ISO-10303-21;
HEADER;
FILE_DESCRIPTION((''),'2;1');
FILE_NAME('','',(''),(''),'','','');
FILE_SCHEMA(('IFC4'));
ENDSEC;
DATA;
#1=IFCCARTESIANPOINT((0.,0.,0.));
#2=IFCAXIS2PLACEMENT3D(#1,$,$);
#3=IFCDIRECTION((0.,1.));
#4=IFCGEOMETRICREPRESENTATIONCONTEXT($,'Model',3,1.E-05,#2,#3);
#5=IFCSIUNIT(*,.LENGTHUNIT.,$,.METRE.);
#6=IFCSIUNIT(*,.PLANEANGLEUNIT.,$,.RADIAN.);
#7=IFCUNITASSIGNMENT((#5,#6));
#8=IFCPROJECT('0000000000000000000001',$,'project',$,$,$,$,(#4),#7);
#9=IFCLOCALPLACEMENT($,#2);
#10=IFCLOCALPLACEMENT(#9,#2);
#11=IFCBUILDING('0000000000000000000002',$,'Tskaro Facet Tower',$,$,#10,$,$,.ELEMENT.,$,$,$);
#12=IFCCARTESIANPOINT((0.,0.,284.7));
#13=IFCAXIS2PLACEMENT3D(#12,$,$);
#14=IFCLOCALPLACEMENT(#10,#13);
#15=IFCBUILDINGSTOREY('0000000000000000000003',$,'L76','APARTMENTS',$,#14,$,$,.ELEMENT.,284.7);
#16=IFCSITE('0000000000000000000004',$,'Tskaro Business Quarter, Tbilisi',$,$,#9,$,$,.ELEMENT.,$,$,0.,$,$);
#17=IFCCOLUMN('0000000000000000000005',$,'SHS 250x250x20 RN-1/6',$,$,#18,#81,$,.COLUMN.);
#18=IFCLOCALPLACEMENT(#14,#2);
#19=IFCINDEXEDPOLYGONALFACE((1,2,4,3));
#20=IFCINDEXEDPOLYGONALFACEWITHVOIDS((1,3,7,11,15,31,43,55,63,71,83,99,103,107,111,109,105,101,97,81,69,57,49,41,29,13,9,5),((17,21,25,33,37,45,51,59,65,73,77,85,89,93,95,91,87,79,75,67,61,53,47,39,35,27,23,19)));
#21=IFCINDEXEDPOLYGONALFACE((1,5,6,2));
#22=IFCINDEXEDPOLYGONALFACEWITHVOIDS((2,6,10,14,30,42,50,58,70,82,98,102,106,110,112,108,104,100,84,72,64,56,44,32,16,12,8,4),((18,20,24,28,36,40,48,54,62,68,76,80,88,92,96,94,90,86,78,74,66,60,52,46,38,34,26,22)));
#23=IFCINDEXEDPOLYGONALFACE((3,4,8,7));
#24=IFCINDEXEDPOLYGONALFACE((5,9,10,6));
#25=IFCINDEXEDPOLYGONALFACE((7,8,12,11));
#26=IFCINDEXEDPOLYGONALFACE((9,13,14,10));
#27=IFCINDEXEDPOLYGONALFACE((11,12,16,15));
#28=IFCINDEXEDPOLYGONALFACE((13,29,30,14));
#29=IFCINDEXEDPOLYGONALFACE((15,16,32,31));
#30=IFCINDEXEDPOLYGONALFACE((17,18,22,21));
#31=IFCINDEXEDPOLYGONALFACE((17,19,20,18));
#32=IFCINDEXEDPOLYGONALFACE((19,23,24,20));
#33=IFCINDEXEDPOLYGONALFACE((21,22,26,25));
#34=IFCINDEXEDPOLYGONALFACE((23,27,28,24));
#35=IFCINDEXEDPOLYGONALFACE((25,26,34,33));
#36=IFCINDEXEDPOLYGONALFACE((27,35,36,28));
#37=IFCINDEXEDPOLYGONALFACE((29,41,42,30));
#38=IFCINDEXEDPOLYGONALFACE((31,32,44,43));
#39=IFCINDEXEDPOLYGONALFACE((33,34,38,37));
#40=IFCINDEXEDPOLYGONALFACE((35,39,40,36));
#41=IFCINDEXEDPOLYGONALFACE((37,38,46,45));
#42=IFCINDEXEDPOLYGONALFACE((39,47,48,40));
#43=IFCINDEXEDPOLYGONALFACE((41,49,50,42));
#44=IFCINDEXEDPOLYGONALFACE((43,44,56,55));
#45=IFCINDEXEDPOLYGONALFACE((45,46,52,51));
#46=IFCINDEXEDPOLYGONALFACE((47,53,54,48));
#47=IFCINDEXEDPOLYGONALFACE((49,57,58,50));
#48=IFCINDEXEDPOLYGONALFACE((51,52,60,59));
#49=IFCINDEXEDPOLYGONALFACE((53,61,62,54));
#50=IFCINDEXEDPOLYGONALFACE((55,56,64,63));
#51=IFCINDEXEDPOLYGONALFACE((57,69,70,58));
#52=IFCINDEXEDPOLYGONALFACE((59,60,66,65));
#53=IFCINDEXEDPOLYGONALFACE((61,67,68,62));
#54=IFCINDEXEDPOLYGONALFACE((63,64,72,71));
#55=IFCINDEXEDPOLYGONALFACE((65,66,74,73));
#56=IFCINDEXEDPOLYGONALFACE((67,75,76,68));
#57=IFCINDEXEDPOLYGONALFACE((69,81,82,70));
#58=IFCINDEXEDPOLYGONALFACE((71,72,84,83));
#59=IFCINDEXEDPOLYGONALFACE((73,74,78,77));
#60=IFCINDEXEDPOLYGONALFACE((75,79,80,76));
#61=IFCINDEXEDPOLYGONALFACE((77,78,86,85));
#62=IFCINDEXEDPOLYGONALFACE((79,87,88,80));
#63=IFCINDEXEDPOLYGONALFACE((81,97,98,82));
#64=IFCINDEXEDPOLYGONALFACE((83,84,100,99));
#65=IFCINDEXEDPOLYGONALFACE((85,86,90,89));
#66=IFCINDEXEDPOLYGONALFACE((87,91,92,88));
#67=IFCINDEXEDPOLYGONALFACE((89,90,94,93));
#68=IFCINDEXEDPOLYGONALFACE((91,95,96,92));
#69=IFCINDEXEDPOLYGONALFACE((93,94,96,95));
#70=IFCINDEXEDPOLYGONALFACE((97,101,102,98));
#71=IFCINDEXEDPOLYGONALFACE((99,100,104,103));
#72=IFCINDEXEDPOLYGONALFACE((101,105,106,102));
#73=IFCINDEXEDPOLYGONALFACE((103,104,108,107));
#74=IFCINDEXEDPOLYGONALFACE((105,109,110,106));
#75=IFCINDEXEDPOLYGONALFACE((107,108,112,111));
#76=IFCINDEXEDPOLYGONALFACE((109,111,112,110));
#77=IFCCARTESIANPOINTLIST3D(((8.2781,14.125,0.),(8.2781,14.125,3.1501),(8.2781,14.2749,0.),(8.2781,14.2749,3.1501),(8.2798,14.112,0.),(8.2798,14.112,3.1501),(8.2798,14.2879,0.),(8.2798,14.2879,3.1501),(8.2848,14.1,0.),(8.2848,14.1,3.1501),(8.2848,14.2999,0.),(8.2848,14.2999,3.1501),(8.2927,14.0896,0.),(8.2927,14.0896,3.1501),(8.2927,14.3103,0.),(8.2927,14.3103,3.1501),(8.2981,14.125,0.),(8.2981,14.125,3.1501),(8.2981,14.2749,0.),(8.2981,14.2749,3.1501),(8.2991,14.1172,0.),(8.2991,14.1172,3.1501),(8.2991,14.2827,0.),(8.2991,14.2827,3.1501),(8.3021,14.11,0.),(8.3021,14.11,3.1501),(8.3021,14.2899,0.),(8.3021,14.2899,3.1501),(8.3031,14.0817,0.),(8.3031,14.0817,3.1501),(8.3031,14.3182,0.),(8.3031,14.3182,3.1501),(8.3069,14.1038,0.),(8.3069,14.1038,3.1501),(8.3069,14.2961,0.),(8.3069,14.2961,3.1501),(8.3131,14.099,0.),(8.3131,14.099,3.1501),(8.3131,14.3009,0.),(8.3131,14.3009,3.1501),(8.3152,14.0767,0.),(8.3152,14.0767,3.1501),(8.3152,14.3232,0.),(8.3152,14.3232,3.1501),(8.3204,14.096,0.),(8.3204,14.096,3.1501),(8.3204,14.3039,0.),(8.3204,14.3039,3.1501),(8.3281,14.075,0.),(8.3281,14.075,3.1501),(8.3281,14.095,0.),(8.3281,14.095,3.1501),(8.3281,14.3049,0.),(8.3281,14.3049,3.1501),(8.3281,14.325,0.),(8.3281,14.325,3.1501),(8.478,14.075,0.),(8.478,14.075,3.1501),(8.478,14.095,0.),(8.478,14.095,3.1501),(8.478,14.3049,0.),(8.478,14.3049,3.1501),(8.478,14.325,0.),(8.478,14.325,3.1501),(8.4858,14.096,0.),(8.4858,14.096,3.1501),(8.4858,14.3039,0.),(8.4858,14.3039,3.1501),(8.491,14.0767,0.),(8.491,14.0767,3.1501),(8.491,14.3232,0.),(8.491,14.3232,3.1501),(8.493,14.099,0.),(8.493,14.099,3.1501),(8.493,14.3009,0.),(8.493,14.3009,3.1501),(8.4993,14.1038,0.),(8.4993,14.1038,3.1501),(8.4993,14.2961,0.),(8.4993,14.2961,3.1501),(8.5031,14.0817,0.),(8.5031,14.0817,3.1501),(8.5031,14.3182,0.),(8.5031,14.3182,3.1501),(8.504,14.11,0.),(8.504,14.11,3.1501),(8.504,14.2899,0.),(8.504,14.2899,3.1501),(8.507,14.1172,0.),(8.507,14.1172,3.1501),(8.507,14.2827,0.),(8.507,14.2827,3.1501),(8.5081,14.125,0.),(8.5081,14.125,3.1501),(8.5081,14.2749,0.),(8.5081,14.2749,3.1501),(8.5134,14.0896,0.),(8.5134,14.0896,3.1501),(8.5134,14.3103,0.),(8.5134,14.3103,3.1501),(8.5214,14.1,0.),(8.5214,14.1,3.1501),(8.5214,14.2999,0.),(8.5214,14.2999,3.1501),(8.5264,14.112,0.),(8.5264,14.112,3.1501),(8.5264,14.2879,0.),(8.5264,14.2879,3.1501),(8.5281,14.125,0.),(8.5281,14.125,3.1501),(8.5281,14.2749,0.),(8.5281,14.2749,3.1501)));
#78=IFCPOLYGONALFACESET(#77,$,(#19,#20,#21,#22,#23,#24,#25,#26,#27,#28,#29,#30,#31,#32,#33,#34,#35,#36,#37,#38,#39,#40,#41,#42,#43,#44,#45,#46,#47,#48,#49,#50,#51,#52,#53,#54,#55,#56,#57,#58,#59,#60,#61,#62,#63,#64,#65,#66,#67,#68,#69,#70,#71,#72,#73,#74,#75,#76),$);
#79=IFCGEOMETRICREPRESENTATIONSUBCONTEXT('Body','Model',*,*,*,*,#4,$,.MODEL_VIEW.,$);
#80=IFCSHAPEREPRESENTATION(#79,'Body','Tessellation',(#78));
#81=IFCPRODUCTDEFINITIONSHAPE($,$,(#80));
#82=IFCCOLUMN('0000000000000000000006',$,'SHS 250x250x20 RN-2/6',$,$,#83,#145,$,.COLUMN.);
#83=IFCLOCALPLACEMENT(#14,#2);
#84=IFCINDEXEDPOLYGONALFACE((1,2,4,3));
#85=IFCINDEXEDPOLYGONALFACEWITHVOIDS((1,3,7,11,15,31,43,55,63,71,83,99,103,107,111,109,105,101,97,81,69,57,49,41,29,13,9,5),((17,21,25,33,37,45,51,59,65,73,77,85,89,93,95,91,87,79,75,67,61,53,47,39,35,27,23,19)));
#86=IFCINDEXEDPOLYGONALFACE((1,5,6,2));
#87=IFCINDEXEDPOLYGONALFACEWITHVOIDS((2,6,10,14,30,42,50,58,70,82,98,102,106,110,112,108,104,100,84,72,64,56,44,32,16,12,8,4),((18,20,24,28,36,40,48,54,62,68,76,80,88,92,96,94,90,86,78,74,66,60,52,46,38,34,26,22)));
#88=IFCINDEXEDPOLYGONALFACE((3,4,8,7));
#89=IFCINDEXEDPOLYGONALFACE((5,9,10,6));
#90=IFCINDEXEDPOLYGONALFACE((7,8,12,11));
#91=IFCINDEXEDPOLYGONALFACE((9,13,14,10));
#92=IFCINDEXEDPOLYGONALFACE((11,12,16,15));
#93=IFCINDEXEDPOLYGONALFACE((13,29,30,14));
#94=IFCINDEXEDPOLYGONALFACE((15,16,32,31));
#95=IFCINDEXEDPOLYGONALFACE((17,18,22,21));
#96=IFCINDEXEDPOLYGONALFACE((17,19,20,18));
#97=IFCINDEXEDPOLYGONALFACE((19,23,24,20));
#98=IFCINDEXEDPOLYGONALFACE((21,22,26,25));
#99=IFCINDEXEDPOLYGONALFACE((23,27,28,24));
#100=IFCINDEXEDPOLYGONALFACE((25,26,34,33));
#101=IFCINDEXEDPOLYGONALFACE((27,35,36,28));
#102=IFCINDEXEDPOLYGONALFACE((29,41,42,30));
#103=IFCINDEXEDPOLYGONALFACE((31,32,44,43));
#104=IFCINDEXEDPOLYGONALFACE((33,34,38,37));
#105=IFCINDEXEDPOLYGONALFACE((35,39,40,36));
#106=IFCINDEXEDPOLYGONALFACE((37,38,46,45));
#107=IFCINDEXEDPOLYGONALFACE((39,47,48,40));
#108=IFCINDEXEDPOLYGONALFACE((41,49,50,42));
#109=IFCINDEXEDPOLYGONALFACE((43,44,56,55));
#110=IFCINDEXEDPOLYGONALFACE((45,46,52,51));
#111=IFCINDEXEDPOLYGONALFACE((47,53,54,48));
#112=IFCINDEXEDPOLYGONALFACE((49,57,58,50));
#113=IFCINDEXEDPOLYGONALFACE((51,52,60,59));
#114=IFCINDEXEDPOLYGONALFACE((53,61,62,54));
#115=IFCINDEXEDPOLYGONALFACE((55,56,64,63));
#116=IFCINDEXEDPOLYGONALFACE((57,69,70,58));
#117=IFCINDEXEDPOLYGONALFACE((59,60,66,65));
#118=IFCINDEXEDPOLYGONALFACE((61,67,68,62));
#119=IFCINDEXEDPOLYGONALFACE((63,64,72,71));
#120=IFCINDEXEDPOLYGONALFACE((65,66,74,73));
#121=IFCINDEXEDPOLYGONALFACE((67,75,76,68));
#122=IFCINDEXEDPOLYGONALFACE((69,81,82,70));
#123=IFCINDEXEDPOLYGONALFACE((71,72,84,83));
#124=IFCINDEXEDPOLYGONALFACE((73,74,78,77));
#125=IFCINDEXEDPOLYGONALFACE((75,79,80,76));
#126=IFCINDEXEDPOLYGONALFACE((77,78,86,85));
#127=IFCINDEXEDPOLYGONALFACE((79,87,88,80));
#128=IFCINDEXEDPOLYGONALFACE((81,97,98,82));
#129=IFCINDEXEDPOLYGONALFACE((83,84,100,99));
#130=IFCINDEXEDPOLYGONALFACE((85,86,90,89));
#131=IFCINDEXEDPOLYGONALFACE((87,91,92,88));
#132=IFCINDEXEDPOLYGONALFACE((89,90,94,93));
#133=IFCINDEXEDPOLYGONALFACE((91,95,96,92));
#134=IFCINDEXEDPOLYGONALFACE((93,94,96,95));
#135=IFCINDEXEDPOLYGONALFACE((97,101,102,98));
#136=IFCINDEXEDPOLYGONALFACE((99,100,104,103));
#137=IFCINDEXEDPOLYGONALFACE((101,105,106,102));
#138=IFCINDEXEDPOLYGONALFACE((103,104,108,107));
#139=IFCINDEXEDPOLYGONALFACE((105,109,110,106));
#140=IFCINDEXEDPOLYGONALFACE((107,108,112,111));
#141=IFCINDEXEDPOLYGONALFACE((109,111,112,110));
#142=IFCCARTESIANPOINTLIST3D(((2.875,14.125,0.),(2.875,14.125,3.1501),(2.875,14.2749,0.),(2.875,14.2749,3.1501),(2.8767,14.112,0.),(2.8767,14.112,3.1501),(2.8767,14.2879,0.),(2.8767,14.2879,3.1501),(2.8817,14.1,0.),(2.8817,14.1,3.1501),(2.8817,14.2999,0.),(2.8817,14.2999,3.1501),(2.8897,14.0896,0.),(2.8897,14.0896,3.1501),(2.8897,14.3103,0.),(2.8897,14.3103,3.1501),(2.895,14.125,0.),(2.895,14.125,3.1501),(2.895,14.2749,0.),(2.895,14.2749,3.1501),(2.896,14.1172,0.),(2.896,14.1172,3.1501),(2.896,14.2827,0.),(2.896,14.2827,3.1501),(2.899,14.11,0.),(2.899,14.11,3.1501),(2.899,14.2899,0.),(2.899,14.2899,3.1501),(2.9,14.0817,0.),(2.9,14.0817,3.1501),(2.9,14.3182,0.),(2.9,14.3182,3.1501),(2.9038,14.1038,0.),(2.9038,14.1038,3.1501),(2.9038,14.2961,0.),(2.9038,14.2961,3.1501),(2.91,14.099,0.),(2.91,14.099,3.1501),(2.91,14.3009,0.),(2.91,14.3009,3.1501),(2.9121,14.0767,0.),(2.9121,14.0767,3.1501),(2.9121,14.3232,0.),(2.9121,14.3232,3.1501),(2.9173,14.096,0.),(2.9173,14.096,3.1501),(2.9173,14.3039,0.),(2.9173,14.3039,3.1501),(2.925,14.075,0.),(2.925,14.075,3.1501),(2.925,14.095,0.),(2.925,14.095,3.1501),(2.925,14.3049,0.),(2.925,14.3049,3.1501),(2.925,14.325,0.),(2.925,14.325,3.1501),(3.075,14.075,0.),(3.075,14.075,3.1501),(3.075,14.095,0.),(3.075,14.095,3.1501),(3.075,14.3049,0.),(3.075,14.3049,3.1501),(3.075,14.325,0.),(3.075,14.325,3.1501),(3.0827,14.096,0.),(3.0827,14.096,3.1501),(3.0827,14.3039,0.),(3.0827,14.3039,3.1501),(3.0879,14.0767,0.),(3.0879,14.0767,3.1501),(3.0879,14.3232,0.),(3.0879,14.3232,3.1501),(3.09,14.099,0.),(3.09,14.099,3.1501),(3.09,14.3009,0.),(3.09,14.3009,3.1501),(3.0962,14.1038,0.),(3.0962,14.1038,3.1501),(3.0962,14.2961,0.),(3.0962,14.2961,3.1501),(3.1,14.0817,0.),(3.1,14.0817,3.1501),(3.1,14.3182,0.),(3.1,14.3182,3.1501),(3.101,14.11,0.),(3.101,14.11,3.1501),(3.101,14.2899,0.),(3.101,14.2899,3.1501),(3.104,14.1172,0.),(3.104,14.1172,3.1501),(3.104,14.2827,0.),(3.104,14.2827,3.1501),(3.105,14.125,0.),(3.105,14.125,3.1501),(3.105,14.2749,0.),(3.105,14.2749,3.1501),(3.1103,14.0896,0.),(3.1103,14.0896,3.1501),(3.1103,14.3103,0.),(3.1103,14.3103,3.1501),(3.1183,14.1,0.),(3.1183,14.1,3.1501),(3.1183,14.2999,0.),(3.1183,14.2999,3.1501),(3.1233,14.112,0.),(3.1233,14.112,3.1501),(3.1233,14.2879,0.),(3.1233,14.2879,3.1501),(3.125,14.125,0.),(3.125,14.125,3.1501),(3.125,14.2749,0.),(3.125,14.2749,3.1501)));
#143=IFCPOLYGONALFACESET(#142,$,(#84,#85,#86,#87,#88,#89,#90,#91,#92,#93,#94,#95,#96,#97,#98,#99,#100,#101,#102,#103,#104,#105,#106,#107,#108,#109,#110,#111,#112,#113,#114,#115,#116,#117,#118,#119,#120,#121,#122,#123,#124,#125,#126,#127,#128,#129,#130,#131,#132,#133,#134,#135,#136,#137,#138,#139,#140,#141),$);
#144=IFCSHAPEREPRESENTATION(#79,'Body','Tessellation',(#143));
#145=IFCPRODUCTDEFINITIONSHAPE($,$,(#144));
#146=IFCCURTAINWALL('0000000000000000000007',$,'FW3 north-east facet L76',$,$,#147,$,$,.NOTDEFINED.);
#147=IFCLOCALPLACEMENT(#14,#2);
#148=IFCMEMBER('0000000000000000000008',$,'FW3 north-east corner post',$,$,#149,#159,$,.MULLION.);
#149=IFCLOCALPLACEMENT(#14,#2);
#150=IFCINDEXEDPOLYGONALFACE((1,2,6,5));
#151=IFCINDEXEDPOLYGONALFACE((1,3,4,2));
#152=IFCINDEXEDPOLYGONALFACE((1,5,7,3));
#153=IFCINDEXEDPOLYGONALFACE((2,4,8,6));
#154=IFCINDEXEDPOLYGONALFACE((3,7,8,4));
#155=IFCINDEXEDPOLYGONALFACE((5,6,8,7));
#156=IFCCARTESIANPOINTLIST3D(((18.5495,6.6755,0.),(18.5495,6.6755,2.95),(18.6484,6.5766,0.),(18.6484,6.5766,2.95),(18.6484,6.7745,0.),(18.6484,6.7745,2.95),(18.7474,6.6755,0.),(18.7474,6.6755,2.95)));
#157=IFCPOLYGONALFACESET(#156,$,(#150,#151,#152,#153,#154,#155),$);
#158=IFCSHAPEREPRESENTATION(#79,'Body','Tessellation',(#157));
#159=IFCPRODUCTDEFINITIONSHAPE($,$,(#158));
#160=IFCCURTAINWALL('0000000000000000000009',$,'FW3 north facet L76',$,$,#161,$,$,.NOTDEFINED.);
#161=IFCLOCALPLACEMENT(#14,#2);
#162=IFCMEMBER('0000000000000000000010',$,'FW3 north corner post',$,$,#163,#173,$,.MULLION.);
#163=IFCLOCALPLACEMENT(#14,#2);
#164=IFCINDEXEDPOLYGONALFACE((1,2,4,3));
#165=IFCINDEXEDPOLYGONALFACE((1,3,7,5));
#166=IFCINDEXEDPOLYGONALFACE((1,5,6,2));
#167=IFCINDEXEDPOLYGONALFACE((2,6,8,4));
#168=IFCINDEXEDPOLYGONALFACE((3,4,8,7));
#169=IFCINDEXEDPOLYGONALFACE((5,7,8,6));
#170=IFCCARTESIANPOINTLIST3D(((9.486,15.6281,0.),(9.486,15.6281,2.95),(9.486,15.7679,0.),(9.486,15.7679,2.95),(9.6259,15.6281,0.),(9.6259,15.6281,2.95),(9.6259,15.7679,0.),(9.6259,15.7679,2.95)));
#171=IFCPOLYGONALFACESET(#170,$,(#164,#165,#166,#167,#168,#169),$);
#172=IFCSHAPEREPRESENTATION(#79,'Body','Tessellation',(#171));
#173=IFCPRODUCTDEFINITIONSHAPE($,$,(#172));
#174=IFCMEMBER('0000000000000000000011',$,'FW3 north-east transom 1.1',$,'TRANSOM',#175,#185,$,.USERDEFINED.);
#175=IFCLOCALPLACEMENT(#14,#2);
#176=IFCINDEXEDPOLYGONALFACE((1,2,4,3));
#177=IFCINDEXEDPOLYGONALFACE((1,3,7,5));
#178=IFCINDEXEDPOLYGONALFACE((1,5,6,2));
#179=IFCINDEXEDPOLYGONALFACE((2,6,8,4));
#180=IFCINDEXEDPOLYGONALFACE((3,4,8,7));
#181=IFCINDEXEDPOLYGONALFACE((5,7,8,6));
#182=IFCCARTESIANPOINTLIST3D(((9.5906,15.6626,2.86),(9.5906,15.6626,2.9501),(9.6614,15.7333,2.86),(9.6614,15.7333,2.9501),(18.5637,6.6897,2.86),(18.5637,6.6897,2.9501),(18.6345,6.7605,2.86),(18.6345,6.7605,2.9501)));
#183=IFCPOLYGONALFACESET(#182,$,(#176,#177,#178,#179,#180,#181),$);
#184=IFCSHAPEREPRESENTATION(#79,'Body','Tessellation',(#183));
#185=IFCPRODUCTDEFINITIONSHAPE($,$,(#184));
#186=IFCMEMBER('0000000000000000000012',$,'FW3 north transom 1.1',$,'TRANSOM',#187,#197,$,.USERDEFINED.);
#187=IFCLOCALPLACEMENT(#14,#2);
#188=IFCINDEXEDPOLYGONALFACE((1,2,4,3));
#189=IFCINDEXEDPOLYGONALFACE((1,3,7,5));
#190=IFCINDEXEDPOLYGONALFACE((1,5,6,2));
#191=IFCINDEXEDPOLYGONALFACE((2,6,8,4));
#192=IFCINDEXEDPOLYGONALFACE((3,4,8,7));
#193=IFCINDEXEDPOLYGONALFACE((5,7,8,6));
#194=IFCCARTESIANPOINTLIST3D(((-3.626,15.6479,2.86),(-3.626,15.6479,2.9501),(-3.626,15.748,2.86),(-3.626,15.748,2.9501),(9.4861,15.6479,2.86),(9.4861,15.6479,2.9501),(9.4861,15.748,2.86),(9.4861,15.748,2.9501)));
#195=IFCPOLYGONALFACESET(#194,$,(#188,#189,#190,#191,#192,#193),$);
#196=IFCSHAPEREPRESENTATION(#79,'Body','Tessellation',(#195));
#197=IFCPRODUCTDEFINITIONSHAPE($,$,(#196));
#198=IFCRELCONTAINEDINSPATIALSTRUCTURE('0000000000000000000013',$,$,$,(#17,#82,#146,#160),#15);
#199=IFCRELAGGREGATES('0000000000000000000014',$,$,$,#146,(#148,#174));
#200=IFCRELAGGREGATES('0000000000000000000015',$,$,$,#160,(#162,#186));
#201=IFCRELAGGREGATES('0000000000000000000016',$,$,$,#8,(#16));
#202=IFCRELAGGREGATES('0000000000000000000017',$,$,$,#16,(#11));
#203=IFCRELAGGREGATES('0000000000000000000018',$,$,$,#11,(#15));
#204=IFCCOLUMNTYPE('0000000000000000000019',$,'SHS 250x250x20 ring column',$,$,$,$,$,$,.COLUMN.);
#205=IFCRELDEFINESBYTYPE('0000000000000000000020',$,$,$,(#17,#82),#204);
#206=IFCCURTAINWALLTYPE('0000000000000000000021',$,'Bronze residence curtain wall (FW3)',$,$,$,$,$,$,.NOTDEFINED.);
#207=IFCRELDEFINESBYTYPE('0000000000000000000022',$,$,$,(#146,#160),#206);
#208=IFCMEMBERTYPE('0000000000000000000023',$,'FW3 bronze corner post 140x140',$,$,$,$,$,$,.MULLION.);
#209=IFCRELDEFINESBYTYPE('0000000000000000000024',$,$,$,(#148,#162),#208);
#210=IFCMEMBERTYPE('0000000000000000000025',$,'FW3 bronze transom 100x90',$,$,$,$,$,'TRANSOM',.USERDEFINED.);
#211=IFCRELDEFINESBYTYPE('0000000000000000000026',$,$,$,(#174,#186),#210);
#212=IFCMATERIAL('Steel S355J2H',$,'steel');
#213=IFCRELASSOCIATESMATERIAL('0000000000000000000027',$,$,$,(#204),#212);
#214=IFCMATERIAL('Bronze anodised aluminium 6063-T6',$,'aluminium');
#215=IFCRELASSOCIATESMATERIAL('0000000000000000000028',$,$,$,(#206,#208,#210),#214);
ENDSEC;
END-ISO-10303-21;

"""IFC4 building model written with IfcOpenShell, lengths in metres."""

from ifc_helpers import new_model, si_unit, direction, frame, origin, origin_2d, place, context, subcontext, project, spatial, rectangle, hollow_rectangle, extrude, material, material_profile, profile_set, type_object, element, aggregate, save


model = new_model("IFC4")

# Units and contexts
model_context = context("Model", 3, precision=1e-05, world=origin(), true_north=direction((0.0, 1.0)))
body_context = subcontext(model_context, "Body", "Model", "MODEL_VIEW")
ifc_project = project(units=[si_unit("LENGTHUNIT", "METRE"), si_unit("PLANEANGLEUNIT", "RADIAN")], contexts=[model_context])

# Site, building, storey
site_placement = place(None, origin())
site = spatial("IfcSite", under=ifc_project, at=site_placement, Name="Tskaro Business Quarter, Tbilisi", CompositionType="ELEMENT", RefElevation=0.0)
building_placement = place(site_placement, origin())
building = spatial("IfcBuilding", under=site, at=building_placement, Name="Tskaro Facet Tower", CompositionType="ELEMENT")
storey_placement = place(building_placement, frame((0.0, 0.0, 284.7)))
storey = spatial("IfcBuildingStorey", under=building, at=storey_placement, Name="L76", Description="APARTMENTS", CompositionType="ELEMENT", Elevation=284.7)

# Columns
ifc_material_1 = material(Name="Steel S355J2H", Category="steel")
ifc_material_profile_1 = material_profile(ifc_material_1, hollow_rectangle(XDim=0.25, YDim=0.25, WallThickness=0.02, InnerFilletRadius=0.03, OuterFilletRadius=0.05, at=origin_2d()), Name="SHS 250x250x20")
ifc_profile_set_1 = profile_set([ifc_material_profile_1], Name="Steel S355J2H")
column_type_1 = type_object("IfcColumnType", Name="SHS 250x250x20 ring column", PredefinedType="COLUMN", material=ifc_profile_set_1)
for number, where, z_axis, x_axis, name in (
    (1, (8.4031, 14.2, 0.0), (0.0, 0.0, 1.0), (1.0, 0.0, 0.0), "SHS 250x250x20 RN-1/6"),
    (2, (3.0, 14.2, 0.0), (0.0, 0.0, 1.0), (1.0, 0.0, 0.0), "SHS 250x250x20 RN-2/6"),
):
    element("IfcColumn", number, at=place(storey_placement, frame(where, z_axis=z_axis, x_axis=x_axis)), inside=storey, type_object=column_type_1, Name=name, PredefinedType="COLUMN", context=body_context, shape_type="SweptSolid", body=[
        extrude(hollow_rectangle(XDim=0.25, YDim=0.25, WallThickness=0.02, InnerFilletRadius=0.03, OuterFilletRadius=0.05, at=origin_2d()), origin(), (0.0, 0.0, 1.0), 3.1501),
    ])

# Curtain walls, members
ifc_material_2 = material(Name="Bronze anodised aluminium 6063-T6", Category="aluminium")
curtain_wall_type = type_object("IfcCurtainWallType", Name="Bronze residence curtain wall (FW3)", PredefinedType="NOTDEFINED", material=ifc_material_2)
curtain_wall_1_placement = place(storey_placement, origin())
curtain_wall_1 = element("IfcCurtainWall", 3, at=curtain_wall_1_placement, inside=storey, type_object=curtain_wall_type, Name="FW3 north-east facet L76", PredefinedType="NOTDEFINED")
ifc_material_profile_2 = material_profile(ifc_material_2, rectangle(XDim=0.1399, YDim=0.1399, at=origin_2d()), Name="Corner post 140x140")
ifc_profile_set_2 = profile_set([ifc_material_profile_2], Name="Bronze anodised aluminium 6063-T6")
member_type_1 = type_object("IfcMemberType", Name="FW3 bronze corner post 140x140", PredefinedType="MULLION", material=ifc_profile_set_2)
member_1_placement = place(storey_placement, frame((18.6484, 6.6755, 0.0), z_axis=(0.0, 0.0, 1.0), x_axis=(-0.707107, 0.707107, 0.0)))
member_1 = element("IfcMember", 4, at=member_1_placement, type_object=member_type_1, Name="FW3 north-east corner post", PredefinedType="MULLION", context=body_context, shape_type="SweptSolid", body=[
    extrude(rectangle(XDim=0.1399, YDim=0.1399, at=origin_2d()), origin(), (0.0, 0.0, 1.0), 2.95),
])
curtain_wall_2_placement = place(storey_placement, origin())
curtain_wall_2 = element("IfcCurtainWall", 5, at=curtain_wall_2_placement, inside=storey, type_object=curtain_wall_type, Name="FW3 north facet L76", PredefinedType="NOTDEFINED")
member_2_placement = place(storey_placement, frame((9.5559, 15.698, 0.0), z_axis=(0.0, 0.0, 1.0), x_axis=(-1.0, 0.0, 0.0)))
member_2 = element("IfcMember", 6, at=member_2_placement, type_object=member_type_1, Name="FW3 north corner post", PredefinedType="MULLION", context=body_context, shape_type="SweptSolid", body=[
    extrude(rectangle(XDim=0.1399, YDim=0.1399, at=origin_2d()), origin(), (0.0, 0.0, 1.0), 2.95),
])

# Members
ifc_material_profile_3 = material_profile(ifc_material_2, rectangle(XDim=0.1001, YDim=0.0901, at=origin_2d()), Name="Transom 100x90")
ifc_profile_set_3 = profile_set([ifc_material_profile_3], Name="Bronze anodised aluminium 6063-T6")
member_type_2 = type_object("IfcMemberType", Name="FW3 bronze transom 100x90", ElementType="TRANSOM", PredefinedType="USERDEFINED", material=ifc_profile_set_3)
member_3_placement = place(storey_placement, frame((18.5991, 6.7251, 2.905), z_axis=(-0.707116, 0.707097, 0.0), x_axis=(-0.707097, -0.707116, 0.0)))
member_3 = element("IfcMember", 7, at=member_3_placement, type_object=member_type_2, Name="FW3 north-east transom 1.1", ObjectType="TRANSOM", PredefinedType="USERDEFINED", context=body_context, shape_type="SweptSolid", body=[
    extrude(rectangle(XDim=0.1001, YDim=0.0901, at=origin_2d()), origin(), (0.0, 0.0, 1.0), 12.6897),
])
member_4_placement = place(storey_placement, frame((9.4861, 15.698, 2.905), z_axis=(-1.0, 0.0, 0.0), x_axis=(0.0, -1.0, 0.0)))
member_4 = element("IfcMember", 8, at=member_4_placement, type_object=member_type_2, Name="FW3 north transom 1.1", ObjectType="TRANSOM", PredefinedType="USERDEFINED", context=body_context, shape_type="SweptSolid", body=[
    extrude(rectangle(XDim=0.1001, YDim=0.0901, at=origin_2d()), origin(), (0.0, 0.0, 1.0), 13.1121),
])

aggregate(curtain_wall_1, [member_1, member_3])
aggregate(curtain_wall_2, [member_2, member_4])

save(model, "model.ifc")
